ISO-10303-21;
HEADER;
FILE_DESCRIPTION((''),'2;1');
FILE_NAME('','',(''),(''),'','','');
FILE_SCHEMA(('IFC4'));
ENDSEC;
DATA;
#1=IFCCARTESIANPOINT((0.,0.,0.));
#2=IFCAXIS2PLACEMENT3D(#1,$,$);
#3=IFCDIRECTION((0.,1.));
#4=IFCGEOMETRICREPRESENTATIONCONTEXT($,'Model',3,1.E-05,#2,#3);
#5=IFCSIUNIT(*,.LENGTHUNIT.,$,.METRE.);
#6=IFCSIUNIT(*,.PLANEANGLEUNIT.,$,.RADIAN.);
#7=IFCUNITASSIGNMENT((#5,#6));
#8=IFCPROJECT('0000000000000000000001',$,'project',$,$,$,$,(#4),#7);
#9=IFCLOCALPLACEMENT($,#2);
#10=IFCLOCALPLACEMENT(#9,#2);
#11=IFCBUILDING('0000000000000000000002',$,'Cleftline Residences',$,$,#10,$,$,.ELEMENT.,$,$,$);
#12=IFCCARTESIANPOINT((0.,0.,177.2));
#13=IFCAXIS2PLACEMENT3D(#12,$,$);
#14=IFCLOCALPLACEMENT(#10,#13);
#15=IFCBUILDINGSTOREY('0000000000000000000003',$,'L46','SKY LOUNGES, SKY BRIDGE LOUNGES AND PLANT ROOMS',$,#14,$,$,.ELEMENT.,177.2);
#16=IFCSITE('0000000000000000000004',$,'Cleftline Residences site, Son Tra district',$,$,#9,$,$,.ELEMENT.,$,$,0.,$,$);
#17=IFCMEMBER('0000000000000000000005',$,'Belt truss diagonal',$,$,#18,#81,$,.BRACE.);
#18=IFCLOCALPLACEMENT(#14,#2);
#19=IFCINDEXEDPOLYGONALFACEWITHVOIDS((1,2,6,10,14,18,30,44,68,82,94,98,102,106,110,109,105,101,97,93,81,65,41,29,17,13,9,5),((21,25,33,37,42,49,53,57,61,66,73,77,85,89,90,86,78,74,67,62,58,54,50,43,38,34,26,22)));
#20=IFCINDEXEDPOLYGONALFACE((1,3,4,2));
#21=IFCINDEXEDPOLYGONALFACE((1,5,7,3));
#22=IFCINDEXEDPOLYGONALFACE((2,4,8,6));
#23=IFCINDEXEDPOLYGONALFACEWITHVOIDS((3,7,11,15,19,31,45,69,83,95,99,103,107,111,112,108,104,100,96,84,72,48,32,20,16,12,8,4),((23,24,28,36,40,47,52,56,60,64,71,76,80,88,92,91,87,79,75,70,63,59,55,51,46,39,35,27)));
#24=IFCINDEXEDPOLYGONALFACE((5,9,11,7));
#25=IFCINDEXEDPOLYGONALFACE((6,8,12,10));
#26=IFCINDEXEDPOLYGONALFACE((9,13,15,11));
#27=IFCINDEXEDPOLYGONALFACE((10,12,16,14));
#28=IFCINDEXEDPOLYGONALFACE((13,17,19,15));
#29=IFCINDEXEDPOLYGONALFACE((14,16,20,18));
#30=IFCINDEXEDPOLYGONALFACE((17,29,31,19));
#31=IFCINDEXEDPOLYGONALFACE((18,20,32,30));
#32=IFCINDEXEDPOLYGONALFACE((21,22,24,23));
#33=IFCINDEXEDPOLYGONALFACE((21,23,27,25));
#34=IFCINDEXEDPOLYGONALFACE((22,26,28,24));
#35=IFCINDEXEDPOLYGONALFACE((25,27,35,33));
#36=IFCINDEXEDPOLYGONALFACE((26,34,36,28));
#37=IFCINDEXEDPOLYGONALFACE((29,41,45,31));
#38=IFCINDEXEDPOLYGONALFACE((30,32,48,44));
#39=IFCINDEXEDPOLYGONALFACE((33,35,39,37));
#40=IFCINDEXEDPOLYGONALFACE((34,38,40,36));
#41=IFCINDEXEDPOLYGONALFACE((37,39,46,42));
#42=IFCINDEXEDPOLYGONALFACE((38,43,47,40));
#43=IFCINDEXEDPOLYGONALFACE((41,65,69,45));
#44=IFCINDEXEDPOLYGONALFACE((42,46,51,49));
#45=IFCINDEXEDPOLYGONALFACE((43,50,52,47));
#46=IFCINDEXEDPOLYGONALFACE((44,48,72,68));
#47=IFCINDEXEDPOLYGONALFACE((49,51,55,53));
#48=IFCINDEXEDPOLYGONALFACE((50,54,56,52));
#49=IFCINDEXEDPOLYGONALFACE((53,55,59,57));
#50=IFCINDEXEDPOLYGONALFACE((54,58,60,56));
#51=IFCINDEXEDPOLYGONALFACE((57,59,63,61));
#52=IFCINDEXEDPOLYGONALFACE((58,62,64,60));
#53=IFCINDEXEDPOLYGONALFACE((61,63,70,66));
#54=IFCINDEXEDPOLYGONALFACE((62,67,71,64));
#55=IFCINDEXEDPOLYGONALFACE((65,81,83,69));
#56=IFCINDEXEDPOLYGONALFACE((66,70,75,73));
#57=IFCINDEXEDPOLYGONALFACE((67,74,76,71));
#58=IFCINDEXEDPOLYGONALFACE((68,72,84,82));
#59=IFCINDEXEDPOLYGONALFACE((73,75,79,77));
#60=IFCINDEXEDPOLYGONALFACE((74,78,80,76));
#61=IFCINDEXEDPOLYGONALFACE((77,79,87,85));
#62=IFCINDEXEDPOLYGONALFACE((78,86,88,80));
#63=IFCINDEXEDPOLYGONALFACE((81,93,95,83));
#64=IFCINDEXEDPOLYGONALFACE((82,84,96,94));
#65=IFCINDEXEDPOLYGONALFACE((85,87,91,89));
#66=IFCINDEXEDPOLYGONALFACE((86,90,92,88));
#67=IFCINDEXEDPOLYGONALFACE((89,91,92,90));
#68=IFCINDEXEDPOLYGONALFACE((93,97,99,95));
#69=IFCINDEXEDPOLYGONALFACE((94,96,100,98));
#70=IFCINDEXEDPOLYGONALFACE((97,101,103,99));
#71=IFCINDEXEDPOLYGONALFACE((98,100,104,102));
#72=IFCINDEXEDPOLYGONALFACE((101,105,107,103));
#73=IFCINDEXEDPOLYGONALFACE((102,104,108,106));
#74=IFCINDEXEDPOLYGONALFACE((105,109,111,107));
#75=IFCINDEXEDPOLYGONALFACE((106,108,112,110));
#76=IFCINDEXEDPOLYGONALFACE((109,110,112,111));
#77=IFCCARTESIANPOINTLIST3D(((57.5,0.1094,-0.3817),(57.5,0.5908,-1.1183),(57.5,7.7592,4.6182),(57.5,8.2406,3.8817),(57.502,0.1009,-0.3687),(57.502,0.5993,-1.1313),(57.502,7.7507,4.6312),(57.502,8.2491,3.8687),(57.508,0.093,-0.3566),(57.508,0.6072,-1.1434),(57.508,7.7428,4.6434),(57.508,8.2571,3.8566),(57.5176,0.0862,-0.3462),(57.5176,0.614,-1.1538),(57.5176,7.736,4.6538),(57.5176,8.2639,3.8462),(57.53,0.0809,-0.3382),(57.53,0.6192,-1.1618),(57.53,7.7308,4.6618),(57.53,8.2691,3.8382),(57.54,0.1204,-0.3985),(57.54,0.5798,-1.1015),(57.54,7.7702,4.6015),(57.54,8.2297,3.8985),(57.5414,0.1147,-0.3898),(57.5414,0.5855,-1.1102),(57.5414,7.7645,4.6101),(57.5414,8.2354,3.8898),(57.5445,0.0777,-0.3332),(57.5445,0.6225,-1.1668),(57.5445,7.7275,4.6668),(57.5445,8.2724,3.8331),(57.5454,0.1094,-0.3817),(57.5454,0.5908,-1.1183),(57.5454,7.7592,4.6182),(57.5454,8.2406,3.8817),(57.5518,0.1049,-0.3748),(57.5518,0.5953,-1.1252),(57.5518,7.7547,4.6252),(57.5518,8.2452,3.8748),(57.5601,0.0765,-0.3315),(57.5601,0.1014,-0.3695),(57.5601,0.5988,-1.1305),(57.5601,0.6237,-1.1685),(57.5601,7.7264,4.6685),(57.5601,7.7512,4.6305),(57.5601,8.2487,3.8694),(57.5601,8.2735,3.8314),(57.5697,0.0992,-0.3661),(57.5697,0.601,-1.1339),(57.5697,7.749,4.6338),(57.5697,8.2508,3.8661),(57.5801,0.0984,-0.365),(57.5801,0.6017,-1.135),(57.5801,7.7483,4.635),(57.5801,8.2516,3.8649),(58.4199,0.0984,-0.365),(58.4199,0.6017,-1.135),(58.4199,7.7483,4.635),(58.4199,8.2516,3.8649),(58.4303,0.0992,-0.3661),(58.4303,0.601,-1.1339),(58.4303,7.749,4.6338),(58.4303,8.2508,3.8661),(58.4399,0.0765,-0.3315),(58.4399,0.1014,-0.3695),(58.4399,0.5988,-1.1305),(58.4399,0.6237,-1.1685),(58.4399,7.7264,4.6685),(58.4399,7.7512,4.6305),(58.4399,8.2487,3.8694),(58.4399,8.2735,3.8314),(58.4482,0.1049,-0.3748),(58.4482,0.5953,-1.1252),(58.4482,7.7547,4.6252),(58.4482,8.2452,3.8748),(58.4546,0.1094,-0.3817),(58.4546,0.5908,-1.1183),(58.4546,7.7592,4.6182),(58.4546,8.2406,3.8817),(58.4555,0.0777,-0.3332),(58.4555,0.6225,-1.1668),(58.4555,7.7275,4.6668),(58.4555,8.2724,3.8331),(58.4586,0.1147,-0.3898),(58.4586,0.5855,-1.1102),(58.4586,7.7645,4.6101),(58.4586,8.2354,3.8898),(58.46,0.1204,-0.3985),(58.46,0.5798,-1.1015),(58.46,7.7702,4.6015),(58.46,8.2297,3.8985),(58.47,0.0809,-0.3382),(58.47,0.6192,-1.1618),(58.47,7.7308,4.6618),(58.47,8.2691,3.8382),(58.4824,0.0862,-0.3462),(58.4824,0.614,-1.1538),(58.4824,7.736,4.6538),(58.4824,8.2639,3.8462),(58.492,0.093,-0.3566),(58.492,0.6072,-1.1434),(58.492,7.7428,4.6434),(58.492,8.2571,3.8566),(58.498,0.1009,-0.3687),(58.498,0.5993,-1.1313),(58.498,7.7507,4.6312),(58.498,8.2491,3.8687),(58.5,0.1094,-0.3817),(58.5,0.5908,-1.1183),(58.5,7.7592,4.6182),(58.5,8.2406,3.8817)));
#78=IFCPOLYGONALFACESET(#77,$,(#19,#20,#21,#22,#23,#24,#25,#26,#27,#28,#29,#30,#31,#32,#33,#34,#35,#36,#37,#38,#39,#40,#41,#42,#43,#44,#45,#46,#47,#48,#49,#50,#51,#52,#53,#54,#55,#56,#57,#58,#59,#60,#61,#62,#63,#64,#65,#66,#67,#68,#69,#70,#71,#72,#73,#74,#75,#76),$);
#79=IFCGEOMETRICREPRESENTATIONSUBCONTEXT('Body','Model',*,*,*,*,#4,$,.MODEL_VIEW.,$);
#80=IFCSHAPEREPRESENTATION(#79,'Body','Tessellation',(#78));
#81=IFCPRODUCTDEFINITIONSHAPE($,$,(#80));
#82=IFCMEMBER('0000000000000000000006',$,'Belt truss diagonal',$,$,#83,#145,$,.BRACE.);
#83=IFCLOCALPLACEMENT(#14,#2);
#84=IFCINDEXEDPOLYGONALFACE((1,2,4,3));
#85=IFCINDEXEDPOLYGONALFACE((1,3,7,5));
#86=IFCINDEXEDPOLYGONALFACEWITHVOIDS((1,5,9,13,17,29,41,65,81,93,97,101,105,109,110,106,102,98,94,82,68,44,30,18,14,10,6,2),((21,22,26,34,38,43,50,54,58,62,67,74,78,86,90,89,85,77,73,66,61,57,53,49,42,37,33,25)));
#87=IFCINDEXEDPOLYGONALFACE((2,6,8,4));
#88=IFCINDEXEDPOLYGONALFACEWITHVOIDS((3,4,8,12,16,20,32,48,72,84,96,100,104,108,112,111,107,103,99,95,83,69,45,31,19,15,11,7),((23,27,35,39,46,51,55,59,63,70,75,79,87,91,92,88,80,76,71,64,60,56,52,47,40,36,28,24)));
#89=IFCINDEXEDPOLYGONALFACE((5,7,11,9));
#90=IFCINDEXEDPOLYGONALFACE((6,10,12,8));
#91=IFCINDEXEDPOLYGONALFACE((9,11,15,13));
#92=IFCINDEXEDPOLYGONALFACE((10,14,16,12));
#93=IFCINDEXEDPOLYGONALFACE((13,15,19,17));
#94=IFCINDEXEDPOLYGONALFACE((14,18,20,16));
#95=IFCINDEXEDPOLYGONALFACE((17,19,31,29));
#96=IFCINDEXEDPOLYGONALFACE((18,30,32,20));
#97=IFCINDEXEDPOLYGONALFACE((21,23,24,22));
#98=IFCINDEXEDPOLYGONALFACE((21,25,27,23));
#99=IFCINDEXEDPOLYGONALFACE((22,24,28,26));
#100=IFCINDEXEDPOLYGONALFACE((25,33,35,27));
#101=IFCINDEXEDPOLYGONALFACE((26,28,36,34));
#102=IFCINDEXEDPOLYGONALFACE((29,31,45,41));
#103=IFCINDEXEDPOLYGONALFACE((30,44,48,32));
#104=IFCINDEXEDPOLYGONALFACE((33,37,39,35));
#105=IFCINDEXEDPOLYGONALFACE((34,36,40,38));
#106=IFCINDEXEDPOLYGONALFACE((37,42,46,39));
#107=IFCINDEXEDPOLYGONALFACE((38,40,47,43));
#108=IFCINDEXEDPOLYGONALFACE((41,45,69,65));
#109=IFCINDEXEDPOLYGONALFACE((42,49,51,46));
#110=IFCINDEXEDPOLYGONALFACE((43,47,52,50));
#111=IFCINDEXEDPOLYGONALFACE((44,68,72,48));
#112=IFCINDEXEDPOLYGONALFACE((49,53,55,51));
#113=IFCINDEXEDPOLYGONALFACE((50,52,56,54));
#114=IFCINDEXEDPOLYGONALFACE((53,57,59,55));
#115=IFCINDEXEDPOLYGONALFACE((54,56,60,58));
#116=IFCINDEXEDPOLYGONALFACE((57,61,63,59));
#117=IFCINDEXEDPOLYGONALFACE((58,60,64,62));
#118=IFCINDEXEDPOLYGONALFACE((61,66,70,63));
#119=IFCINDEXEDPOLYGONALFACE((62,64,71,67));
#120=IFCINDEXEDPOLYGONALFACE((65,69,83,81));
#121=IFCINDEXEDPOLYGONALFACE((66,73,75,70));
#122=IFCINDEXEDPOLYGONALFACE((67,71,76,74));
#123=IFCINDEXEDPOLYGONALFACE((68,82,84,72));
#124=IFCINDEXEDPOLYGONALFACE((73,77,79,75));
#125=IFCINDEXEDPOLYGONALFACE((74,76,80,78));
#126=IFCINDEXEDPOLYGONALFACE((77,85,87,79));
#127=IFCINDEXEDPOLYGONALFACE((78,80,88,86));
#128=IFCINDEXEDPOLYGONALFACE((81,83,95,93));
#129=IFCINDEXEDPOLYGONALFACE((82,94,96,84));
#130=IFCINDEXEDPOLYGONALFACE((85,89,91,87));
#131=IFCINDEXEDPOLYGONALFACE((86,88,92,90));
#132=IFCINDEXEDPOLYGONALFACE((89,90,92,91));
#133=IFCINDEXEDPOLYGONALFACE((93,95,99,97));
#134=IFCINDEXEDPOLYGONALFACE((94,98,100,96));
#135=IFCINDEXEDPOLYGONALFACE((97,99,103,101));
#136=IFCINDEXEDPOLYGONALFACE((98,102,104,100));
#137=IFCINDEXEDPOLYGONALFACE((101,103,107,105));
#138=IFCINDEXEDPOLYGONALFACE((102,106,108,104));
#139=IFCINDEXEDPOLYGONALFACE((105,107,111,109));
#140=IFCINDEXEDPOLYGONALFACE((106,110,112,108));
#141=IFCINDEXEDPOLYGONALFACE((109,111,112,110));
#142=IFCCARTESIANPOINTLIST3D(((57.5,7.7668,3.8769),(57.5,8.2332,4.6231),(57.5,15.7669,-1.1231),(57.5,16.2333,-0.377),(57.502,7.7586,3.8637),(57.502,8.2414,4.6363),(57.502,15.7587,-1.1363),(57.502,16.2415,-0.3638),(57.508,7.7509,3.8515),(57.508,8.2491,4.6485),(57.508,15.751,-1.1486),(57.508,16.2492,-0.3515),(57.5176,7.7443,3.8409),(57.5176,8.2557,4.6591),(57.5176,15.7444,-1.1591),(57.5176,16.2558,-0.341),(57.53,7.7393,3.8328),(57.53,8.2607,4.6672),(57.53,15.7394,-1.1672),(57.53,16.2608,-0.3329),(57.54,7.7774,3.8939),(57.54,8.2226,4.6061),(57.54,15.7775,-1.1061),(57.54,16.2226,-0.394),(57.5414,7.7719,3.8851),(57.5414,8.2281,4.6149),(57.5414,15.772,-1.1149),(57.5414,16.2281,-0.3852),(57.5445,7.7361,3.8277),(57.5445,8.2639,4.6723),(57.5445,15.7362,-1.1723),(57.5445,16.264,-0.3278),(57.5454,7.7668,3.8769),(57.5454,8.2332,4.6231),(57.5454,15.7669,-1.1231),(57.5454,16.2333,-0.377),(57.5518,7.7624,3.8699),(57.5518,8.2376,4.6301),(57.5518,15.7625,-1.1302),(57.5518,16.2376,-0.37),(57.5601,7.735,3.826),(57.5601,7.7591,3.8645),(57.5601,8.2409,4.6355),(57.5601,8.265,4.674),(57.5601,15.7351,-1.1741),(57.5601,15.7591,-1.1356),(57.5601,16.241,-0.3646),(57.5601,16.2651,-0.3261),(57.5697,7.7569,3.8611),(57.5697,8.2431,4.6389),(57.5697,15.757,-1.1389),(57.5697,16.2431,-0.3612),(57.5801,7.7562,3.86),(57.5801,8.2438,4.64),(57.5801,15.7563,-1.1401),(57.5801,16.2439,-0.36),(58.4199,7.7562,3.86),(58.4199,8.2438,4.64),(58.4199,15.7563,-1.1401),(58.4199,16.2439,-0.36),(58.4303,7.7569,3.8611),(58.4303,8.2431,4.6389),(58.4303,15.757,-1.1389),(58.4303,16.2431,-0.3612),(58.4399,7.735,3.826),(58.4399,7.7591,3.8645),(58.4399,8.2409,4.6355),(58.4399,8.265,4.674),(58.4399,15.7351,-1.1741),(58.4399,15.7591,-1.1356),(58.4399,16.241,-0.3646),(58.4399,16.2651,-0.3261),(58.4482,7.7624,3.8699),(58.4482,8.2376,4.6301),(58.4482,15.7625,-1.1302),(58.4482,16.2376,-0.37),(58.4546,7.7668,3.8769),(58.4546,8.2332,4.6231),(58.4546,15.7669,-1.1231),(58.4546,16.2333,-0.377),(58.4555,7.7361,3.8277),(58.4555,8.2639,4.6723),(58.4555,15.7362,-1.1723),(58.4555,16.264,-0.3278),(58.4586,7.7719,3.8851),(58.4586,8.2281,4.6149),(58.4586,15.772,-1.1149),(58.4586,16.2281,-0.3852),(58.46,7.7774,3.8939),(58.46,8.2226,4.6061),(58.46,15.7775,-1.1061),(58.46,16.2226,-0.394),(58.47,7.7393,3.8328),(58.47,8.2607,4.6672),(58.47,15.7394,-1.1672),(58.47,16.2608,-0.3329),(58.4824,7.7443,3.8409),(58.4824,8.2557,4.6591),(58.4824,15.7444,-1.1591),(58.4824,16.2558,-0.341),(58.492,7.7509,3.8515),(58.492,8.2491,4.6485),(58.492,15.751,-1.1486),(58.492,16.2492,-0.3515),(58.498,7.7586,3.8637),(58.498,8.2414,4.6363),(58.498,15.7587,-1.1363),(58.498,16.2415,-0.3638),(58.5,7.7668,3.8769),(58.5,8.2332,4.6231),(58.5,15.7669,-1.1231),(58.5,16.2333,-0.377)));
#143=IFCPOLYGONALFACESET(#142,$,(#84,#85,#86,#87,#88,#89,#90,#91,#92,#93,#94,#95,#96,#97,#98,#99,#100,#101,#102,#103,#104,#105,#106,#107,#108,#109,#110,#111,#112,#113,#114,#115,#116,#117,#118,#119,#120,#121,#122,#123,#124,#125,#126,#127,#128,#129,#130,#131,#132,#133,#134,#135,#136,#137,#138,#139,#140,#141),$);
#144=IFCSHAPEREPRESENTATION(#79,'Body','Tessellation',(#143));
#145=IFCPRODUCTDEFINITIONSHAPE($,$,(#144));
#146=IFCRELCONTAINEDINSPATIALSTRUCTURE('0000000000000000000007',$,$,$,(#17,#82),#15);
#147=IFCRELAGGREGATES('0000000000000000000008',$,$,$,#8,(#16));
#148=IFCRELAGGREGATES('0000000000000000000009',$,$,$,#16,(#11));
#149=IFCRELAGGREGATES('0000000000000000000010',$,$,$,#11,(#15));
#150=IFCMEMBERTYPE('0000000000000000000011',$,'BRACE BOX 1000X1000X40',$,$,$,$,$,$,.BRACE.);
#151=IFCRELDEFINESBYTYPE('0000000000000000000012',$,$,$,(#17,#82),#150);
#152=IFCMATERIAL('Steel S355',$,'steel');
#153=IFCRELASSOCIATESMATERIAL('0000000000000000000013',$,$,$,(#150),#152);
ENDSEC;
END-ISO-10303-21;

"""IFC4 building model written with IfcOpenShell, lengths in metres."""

from ifc_helpers import new_model, si_unit, direction, frame, origin, origin_2d, place, context, subcontext, project, spatial, hollow_rectangle, extrude, material, material_profile, profile_set, type_object, element, save


model = new_model("IFC4")

# Units and contexts
model_context = context("Model", 3, precision=1e-05, world=origin(), true_north=direction((0.0, 1.0)))
body_context = subcontext(model_context, "Body", "Model", "MODEL_VIEW")
ifc_project = project(units=[si_unit("LENGTHUNIT", "METRE"), si_unit("PLANEANGLEUNIT", "RADIAN")], contexts=[model_context])

# Site, building, storey
site_placement = place(None, origin())
site = spatial("IfcSite", under=ifc_project, at=site_placement, Name="Cleftline Residences site, Son Tra district", CompositionType="ELEMENT", RefElevation=0.0)
building_placement = place(site_placement, origin())
building = spatial("IfcBuilding", under=site, at=building_placement, Name="Cleftline Residences", CompositionType="ELEMENT")
storey_placement = place(building_placement, frame((0.0, 0.0, 177.2)))
storey = spatial("IfcBuildingStorey", under=building, at=storey_placement, Name="L46", Description="SKY LOUNGES, SKY BRIDGE LOUNGES AND PLANT ROOMS", CompositionType="ELEMENT", Elevation=177.2)

# Members
ifc_material_1 = material(Name="Steel S355", Category="steel")
ifc_material_profile_1 = material_profile(ifc_material_1, hollow_rectangle(XDim=1.0, YDim=1.0, WallThickness=0.04, InnerFilletRadius=0.04, OuterFilletRadius=0.0601, at=origin_2d()))
ifc_profile_set_1 = profile_set([ifc_material_profile_1], Name="Steel S355")
member_type_1 = type_object("IfcMemberType", Name="BRACE BOX 1000X1000X40", PredefinedType="BRACE", material=ifc_profile_set_1)
member_1_placement = place(storey_placement, frame((58.0, 0.3501, -0.75), z_axis=(0.0, 0.837063, 0.547107), x_axis=(0.0, -0.547107, 0.837063)))
element("IfcMember", 1, at=member_1_placement, inside=storey, type_object=member_type_1, Name="Belt truss diagonal", PredefinedType="BRACE", context=body_context, shape_type="SweptSolid", body=[
    extrude(hollow_rectangle(XDim=1.0, YDim=1.0, WallThickness=0.04, InnerFilletRadius=0.04, OuterFilletRadius=0.0601, at=origin_2d()), origin(), (0.0, 0.0, 1.0), 9.1389),
])
for number, where, z_axis, x_axis, name in (
    (2, (58.0, 8.0, 4.25), (0.0, 0.847998, -0.529999), (0.0, 0.529999, 0.847998), "Belt truss diagonal"),
):
    element("IfcMember", number, at=place(storey_placement, frame(where, z_axis=z_axis, x_axis=x_axis)), inside=storey, type_object=member_type_1, Name=name, PredefinedType="BRACE", context=body_context, shape_type="SweptSolid", body=[
        extrude(hollow_rectangle(XDim=1.0, YDim=1.0, WallThickness=0.04, InnerFilletRadius=0.04, OuterFilletRadius=0.0601, at=origin_2d()), origin(), (0.0, 0.0, 1.0), 9.4341),
    ])

save(model, "model.ifc")
